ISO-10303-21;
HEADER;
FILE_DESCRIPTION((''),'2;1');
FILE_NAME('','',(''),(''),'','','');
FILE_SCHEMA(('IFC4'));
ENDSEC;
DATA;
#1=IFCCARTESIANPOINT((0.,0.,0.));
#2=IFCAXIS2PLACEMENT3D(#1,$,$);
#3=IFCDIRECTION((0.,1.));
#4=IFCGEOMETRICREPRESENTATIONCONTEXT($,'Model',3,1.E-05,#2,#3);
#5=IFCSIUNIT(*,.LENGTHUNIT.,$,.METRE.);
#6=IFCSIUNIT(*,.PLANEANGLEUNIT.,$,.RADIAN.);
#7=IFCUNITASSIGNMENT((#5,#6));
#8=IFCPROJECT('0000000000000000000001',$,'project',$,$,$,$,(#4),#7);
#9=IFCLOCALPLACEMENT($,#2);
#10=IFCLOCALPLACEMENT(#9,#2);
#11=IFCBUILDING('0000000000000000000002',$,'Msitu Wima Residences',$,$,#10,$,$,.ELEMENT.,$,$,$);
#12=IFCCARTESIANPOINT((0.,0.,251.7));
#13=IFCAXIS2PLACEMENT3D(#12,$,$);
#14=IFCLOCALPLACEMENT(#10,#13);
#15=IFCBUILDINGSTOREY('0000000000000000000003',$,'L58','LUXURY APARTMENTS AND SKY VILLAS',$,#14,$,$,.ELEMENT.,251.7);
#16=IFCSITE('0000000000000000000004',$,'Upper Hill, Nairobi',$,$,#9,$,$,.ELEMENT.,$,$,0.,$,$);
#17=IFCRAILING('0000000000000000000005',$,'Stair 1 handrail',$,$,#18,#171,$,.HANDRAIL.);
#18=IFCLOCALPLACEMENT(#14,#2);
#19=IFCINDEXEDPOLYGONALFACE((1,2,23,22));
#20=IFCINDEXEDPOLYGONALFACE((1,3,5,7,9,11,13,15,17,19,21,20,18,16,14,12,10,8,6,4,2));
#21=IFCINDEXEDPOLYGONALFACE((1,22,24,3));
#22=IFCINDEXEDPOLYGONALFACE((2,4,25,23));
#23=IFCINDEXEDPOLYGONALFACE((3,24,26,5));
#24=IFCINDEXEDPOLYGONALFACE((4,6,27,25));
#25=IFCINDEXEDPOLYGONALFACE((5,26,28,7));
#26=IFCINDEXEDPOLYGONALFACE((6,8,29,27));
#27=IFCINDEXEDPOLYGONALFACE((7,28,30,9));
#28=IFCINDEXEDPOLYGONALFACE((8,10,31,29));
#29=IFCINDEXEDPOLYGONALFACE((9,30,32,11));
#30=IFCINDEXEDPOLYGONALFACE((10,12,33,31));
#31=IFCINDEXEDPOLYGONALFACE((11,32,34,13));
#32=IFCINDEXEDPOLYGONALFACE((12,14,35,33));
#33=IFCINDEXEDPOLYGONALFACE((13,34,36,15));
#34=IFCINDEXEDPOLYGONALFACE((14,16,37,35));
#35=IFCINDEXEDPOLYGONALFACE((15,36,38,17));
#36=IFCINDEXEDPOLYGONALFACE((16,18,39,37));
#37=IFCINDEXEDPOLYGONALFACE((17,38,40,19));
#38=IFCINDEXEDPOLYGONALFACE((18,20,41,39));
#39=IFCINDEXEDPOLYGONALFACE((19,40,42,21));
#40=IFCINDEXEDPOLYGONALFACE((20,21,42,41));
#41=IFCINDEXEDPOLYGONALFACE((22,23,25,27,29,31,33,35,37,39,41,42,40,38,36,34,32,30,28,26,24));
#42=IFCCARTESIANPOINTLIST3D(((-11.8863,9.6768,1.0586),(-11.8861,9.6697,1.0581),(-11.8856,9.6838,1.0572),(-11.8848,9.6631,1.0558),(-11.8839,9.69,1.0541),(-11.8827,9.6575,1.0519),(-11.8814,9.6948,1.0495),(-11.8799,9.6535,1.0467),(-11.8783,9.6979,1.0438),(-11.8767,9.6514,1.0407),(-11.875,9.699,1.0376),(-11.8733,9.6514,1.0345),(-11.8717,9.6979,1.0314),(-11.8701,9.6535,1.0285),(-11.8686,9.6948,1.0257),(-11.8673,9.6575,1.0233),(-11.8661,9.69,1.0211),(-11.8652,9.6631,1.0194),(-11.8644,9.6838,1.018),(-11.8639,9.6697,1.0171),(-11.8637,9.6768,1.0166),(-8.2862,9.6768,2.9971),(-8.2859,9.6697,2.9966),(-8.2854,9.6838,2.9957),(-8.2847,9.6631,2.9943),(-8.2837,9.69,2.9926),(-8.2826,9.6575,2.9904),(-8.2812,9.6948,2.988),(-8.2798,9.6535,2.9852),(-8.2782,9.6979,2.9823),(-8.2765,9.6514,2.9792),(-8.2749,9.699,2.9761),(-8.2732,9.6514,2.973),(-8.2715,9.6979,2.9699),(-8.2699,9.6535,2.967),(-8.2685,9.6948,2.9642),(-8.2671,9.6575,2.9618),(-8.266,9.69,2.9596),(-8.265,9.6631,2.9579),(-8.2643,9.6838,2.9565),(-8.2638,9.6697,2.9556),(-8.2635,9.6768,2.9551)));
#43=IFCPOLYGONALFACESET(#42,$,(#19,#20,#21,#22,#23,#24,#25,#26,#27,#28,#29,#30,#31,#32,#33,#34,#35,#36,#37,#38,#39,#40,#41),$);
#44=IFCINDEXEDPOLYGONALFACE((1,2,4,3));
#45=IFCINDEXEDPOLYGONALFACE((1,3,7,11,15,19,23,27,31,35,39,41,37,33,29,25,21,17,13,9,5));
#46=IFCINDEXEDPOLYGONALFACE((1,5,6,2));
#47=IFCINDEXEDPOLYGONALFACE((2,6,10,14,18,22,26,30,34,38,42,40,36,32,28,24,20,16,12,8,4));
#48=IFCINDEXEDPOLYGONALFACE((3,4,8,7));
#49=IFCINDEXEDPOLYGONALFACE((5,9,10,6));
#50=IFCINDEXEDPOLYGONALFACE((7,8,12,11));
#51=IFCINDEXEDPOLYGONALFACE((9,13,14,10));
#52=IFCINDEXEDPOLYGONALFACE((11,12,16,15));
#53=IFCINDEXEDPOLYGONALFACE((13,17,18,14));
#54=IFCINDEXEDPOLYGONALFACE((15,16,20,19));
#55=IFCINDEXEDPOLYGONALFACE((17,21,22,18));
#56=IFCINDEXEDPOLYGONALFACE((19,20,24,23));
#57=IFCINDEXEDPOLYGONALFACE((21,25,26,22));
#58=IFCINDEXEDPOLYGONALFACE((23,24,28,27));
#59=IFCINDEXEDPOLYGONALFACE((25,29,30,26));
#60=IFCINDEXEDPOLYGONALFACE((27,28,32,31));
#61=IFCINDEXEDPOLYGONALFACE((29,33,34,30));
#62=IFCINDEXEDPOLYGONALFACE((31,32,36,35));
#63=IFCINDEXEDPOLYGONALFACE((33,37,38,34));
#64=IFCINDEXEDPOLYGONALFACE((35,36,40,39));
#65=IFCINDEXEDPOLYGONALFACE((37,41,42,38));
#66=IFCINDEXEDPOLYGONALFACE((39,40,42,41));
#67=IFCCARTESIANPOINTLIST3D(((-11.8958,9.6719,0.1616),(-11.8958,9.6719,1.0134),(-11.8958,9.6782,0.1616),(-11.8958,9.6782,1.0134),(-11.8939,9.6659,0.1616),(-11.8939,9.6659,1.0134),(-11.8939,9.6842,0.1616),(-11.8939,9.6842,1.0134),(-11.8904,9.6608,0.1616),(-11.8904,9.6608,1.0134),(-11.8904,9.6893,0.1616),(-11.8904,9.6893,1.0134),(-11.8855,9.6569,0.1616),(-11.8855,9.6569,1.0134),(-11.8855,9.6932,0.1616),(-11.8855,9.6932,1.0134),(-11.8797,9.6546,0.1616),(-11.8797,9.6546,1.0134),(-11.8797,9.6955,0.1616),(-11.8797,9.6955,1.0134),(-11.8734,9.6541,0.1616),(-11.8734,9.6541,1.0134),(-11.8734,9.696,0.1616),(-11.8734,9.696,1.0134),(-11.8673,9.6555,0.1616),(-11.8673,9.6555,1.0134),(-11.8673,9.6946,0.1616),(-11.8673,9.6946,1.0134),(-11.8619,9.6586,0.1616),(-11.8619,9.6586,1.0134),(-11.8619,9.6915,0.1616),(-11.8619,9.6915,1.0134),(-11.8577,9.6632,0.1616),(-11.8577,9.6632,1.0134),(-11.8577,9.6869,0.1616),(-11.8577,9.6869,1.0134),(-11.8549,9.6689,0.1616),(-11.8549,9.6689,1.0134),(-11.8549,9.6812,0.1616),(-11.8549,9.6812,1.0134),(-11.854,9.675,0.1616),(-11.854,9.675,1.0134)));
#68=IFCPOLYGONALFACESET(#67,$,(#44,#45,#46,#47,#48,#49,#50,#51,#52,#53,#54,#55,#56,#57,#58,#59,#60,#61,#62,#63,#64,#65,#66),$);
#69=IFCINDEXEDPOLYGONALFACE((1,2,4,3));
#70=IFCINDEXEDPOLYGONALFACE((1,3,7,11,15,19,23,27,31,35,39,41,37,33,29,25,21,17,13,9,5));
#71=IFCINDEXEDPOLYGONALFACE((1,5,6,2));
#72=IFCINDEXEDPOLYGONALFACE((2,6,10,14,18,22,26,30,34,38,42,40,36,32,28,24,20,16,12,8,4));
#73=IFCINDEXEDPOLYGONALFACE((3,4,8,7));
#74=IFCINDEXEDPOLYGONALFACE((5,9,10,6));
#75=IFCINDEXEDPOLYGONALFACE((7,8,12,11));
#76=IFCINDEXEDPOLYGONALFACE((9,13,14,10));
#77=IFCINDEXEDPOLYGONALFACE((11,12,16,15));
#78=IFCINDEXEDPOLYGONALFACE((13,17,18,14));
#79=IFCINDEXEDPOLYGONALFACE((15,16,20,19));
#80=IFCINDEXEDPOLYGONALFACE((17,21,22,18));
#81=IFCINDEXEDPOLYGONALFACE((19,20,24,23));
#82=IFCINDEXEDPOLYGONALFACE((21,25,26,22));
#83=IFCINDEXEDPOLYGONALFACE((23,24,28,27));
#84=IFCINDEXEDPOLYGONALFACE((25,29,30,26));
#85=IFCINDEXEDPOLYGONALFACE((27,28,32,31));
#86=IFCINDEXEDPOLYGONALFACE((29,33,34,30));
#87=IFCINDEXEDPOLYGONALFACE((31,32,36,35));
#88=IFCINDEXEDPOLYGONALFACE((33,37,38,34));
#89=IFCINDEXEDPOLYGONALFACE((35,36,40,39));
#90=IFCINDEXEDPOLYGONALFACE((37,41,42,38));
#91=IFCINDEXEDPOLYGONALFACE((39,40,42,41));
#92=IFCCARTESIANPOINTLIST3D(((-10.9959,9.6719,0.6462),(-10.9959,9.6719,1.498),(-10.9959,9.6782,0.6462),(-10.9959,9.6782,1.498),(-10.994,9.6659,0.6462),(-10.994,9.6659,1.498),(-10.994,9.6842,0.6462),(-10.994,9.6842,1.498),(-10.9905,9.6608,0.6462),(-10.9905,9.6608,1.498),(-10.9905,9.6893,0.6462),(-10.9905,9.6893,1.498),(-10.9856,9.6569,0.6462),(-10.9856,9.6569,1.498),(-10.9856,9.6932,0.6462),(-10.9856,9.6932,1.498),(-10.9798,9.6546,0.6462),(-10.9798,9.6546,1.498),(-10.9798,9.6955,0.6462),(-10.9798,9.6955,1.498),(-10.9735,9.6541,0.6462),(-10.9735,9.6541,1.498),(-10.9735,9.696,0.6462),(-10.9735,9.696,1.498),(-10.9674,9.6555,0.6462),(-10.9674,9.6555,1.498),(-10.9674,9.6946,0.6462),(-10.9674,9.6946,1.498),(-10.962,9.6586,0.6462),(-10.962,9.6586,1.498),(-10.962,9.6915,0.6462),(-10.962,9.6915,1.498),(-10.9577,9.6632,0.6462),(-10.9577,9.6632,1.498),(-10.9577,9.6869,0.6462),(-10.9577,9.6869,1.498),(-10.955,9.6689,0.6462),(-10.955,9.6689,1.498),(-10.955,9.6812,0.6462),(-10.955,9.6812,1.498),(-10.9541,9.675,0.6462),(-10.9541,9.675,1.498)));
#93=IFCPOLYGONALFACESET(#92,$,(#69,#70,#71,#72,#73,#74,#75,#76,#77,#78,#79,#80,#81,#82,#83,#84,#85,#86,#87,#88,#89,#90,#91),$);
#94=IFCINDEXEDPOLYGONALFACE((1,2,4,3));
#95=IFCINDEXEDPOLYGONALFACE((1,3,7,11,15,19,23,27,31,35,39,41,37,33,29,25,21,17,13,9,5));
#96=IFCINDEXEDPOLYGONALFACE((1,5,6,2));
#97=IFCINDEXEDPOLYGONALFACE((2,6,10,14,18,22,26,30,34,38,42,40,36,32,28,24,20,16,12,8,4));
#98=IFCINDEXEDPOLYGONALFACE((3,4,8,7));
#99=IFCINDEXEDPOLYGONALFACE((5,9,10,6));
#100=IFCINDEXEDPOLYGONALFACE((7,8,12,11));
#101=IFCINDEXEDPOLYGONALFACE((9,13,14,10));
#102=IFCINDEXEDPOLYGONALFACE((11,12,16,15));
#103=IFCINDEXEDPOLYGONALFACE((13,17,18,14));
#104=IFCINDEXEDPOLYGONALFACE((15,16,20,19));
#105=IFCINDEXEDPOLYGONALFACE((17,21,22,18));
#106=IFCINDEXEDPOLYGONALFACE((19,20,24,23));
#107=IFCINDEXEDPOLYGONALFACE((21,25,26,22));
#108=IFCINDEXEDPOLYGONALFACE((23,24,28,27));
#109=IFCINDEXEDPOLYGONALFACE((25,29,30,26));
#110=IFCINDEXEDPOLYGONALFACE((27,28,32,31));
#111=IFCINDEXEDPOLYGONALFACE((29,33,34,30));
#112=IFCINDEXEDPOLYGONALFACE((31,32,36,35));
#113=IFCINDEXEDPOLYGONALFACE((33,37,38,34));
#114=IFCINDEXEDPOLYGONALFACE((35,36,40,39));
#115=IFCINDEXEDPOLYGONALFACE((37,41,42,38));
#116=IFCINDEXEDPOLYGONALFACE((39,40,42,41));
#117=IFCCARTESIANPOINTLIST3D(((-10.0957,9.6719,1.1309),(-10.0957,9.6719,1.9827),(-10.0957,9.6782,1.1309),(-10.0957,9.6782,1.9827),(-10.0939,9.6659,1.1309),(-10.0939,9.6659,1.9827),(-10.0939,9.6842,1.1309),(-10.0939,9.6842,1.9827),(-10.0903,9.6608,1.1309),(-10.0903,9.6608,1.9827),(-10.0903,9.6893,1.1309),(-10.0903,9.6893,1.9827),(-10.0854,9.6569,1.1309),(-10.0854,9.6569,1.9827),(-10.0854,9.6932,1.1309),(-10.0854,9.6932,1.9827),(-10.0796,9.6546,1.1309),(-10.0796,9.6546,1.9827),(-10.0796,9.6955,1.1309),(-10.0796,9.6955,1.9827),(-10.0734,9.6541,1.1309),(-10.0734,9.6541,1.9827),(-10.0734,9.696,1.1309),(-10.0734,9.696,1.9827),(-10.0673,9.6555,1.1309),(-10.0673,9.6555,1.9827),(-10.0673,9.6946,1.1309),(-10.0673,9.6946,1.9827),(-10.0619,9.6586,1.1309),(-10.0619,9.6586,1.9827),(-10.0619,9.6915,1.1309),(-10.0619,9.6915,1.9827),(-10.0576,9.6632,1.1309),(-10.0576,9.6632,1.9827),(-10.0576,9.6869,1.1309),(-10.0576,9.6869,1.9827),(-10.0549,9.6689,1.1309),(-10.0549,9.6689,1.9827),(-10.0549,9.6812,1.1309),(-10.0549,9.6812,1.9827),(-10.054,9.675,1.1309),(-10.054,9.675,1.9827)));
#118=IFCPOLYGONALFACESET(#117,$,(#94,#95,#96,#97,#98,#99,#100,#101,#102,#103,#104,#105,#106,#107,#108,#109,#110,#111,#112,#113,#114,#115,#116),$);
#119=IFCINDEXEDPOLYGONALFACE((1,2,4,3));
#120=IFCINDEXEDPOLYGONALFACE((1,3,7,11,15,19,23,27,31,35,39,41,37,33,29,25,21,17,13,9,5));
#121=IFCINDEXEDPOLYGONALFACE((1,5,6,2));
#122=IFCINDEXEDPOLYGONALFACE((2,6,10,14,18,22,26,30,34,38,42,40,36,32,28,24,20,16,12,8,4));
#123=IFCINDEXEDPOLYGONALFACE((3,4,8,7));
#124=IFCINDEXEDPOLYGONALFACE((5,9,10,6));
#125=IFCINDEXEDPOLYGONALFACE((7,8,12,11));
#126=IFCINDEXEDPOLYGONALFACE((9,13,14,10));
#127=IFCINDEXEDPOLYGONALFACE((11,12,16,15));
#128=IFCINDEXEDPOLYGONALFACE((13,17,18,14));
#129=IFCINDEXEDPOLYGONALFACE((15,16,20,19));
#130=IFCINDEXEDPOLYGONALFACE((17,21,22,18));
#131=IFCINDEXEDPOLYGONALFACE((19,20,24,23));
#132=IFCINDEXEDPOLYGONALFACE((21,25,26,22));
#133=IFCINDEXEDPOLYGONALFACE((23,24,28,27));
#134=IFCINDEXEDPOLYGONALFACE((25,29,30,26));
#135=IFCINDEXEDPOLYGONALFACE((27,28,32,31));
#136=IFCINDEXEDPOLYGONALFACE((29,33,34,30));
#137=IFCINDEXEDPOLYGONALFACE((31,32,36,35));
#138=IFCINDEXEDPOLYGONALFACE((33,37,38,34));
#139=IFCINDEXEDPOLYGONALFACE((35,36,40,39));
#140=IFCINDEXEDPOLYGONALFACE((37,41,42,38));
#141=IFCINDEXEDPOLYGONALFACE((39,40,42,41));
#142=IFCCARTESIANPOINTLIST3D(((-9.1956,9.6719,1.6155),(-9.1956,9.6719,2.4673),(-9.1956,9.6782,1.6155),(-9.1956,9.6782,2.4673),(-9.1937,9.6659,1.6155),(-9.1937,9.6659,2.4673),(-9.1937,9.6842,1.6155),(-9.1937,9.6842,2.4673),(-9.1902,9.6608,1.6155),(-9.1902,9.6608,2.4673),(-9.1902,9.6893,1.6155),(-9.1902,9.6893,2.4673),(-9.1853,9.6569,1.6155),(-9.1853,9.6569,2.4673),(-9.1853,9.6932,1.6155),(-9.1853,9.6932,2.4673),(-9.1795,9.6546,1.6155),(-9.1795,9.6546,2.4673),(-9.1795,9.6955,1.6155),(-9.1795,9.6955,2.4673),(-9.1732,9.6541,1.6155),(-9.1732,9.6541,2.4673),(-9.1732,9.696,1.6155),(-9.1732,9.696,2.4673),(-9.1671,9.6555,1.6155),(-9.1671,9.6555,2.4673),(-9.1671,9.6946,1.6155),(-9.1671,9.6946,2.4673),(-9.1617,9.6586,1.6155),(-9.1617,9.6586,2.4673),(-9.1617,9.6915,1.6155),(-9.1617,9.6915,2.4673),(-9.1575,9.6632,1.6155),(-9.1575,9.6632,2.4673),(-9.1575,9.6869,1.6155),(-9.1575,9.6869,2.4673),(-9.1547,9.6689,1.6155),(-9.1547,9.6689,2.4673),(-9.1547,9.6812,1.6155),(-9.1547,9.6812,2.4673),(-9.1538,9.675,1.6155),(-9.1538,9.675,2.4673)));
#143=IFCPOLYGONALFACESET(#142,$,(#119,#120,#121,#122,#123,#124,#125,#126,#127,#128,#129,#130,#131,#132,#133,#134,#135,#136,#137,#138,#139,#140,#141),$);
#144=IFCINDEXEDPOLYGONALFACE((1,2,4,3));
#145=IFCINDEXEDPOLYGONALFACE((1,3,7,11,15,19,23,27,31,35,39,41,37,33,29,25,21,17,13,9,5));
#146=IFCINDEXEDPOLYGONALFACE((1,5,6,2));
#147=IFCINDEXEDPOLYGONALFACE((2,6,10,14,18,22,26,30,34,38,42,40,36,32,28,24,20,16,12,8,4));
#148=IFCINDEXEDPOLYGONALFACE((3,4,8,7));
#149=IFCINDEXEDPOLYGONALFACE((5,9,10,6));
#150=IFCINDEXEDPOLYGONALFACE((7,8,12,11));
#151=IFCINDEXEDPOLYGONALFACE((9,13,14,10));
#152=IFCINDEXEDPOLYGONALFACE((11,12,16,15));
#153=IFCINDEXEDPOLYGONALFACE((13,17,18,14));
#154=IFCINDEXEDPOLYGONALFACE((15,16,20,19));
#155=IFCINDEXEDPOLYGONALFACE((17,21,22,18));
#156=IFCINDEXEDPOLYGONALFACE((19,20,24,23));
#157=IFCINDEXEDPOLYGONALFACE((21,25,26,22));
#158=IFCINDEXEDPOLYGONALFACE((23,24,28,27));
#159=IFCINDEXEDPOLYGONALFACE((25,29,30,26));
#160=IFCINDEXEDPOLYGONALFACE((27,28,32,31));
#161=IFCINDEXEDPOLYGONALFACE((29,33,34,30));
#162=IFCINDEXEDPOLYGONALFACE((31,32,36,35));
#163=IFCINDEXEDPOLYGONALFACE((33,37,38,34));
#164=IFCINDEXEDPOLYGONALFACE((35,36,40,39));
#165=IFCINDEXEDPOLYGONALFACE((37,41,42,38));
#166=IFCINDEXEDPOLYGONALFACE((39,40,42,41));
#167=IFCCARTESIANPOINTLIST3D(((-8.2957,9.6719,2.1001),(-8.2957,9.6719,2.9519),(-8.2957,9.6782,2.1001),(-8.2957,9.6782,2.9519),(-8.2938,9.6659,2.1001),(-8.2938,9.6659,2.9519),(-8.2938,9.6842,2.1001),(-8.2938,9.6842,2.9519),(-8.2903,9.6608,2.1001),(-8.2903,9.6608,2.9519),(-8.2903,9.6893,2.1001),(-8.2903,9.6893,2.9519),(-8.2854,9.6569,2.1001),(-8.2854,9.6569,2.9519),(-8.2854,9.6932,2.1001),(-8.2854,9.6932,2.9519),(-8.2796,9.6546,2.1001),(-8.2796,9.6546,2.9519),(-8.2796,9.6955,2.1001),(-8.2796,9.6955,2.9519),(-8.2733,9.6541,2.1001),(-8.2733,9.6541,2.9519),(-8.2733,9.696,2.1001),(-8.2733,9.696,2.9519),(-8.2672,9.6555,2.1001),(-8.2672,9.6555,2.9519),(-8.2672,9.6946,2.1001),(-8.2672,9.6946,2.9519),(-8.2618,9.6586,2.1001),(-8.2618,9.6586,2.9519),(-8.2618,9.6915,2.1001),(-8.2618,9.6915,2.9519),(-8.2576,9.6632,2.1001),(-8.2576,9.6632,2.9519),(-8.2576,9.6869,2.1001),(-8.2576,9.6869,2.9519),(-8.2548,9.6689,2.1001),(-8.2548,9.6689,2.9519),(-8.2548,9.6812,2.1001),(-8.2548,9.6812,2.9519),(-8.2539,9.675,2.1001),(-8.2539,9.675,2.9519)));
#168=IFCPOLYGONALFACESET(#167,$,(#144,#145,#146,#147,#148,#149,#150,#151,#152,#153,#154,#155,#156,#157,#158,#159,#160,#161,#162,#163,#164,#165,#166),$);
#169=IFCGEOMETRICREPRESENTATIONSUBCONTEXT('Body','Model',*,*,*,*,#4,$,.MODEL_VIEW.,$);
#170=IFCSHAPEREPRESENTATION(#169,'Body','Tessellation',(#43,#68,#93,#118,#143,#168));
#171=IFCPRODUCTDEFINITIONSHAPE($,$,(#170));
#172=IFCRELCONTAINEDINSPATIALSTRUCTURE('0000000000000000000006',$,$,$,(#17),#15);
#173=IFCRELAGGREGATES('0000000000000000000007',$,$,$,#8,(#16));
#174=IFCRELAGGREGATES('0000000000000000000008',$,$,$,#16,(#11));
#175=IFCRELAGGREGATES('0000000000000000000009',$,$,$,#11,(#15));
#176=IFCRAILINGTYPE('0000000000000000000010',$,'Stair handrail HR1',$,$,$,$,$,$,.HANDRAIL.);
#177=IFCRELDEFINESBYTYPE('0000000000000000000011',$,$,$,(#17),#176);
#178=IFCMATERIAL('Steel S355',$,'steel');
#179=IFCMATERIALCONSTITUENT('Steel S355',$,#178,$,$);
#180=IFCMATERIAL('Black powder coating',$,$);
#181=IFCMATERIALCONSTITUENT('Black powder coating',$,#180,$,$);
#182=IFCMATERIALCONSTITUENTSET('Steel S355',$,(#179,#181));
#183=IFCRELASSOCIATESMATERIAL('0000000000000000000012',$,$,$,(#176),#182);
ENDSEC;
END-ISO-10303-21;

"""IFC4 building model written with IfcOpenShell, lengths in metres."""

from ifc_helpers import new_model, si_unit, direction, frame, origin, origin_2d, place, context, subcontext, project, spatial, circle, extrude, material, constituent, constituent_set, type_object, element, save


model = new_model("IFC4")

# Units and contexts
model_context = context("Model", 3, precision=1e-05, world=origin(), true_north=direction((0.0, 1.0)))
body_context = subcontext(model_context, "Body", "Model", "MODEL_VIEW")
ifc_project = project(units=[si_unit("LENGTHUNIT", "METRE"), si_unit("PLANEANGLEUNIT", "RADIAN")], contexts=[model_context])

# Site, building, storey
site_placement = place(None, origin())
site = spatial("IfcSite", under=ifc_project, at=site_placement, Name="Upper Hill, Nairobi", CompositionType="ELEMENT", RefElevation=0.0)
building_placement = place(site_placement, origin())
building = spatial("IfcBuilding", under=site, at=building_placement, Name="Msitu Wima Residences", CompositionType="ELEMENT")
storey_placement = place(building_placement, frame((0.0, 0.0, 251.7)))
storey = spatial("IfcBuildingStorey", under=building, at=storey_placement, Name="L58", Description="LUXURY APARTMENTS AND SKY VILLAS", CompositionType="ELEMENT", Elevation=251.7)

# Railing
ifc_material_1 = material(Name="Steel S355", Category="steel")
ifc_constituent_1 = constituent(ifc_material_1, Name="Steel S355")
ifc_material_2 = material(Name="Black powder coating")
ifc_constituent_2 = constituent(ifc_material_2, Name="Black powder coating")
ifc_constituent_set = constituent_set(constituents=[ifc_constituent_1, ifc_constituent_2], Name="Steel S355")
railing_type = type_object("IfcRailingType", Name="Stair handrail HR1", PredefinedType="HANDRAIL", material=ifc_constituent_set)
for number, where, name in (
    (1, (-11.875, 9.675, 0.1616), "Stair 1 handrail"),
):
    element("IfcRailing", number, at=place(storey_placement, frame(where)), inside=storey, type_object=railing_type, Name=name, PredefinedType="HANDRAIL", context=body_context, shape_type="SweptSolid", body=[
        extrude(circle(Radius=0.0239, at=origin_2d()), frame((0.0, 0.0, 0.876), z_axis=(0.880475, 0.0, 0.474093), x_axis=(0.0, 1.0, 0.0)), (0.0, 0.0, 1.0), 4.0889),
        extrude(circle(Radius=0.021, at=origin_2d()), origin(), (0.0, 0.0, 1.0), 0.8518),
        extrude(circle(Radius=0.021, at=origin_2d()), frame((0.8999, 0.0, 0.4846)), (0.0, 0.0, 1.0), 0.8518),
        extrude(circle(Radius=0.021, at=origin_2d()), frame((1.8, 0.0, 0.9692)), (0.0, 0.0, 1.0), 0.8518),
        extrude(circle(Radius=0.021, at=origin_2d()), frame((2.7002, 0.0, 1.4539)), (0.0, 0.0, 1.0), 0.8518),
        extrude(circle(Radius=0.021, at=origin_2d()), frame((3.6001, 0.0, 1.9385)), (0.0, 0.0, 1.0), 0.8518),
    ])

save(model, "model.ifc")
